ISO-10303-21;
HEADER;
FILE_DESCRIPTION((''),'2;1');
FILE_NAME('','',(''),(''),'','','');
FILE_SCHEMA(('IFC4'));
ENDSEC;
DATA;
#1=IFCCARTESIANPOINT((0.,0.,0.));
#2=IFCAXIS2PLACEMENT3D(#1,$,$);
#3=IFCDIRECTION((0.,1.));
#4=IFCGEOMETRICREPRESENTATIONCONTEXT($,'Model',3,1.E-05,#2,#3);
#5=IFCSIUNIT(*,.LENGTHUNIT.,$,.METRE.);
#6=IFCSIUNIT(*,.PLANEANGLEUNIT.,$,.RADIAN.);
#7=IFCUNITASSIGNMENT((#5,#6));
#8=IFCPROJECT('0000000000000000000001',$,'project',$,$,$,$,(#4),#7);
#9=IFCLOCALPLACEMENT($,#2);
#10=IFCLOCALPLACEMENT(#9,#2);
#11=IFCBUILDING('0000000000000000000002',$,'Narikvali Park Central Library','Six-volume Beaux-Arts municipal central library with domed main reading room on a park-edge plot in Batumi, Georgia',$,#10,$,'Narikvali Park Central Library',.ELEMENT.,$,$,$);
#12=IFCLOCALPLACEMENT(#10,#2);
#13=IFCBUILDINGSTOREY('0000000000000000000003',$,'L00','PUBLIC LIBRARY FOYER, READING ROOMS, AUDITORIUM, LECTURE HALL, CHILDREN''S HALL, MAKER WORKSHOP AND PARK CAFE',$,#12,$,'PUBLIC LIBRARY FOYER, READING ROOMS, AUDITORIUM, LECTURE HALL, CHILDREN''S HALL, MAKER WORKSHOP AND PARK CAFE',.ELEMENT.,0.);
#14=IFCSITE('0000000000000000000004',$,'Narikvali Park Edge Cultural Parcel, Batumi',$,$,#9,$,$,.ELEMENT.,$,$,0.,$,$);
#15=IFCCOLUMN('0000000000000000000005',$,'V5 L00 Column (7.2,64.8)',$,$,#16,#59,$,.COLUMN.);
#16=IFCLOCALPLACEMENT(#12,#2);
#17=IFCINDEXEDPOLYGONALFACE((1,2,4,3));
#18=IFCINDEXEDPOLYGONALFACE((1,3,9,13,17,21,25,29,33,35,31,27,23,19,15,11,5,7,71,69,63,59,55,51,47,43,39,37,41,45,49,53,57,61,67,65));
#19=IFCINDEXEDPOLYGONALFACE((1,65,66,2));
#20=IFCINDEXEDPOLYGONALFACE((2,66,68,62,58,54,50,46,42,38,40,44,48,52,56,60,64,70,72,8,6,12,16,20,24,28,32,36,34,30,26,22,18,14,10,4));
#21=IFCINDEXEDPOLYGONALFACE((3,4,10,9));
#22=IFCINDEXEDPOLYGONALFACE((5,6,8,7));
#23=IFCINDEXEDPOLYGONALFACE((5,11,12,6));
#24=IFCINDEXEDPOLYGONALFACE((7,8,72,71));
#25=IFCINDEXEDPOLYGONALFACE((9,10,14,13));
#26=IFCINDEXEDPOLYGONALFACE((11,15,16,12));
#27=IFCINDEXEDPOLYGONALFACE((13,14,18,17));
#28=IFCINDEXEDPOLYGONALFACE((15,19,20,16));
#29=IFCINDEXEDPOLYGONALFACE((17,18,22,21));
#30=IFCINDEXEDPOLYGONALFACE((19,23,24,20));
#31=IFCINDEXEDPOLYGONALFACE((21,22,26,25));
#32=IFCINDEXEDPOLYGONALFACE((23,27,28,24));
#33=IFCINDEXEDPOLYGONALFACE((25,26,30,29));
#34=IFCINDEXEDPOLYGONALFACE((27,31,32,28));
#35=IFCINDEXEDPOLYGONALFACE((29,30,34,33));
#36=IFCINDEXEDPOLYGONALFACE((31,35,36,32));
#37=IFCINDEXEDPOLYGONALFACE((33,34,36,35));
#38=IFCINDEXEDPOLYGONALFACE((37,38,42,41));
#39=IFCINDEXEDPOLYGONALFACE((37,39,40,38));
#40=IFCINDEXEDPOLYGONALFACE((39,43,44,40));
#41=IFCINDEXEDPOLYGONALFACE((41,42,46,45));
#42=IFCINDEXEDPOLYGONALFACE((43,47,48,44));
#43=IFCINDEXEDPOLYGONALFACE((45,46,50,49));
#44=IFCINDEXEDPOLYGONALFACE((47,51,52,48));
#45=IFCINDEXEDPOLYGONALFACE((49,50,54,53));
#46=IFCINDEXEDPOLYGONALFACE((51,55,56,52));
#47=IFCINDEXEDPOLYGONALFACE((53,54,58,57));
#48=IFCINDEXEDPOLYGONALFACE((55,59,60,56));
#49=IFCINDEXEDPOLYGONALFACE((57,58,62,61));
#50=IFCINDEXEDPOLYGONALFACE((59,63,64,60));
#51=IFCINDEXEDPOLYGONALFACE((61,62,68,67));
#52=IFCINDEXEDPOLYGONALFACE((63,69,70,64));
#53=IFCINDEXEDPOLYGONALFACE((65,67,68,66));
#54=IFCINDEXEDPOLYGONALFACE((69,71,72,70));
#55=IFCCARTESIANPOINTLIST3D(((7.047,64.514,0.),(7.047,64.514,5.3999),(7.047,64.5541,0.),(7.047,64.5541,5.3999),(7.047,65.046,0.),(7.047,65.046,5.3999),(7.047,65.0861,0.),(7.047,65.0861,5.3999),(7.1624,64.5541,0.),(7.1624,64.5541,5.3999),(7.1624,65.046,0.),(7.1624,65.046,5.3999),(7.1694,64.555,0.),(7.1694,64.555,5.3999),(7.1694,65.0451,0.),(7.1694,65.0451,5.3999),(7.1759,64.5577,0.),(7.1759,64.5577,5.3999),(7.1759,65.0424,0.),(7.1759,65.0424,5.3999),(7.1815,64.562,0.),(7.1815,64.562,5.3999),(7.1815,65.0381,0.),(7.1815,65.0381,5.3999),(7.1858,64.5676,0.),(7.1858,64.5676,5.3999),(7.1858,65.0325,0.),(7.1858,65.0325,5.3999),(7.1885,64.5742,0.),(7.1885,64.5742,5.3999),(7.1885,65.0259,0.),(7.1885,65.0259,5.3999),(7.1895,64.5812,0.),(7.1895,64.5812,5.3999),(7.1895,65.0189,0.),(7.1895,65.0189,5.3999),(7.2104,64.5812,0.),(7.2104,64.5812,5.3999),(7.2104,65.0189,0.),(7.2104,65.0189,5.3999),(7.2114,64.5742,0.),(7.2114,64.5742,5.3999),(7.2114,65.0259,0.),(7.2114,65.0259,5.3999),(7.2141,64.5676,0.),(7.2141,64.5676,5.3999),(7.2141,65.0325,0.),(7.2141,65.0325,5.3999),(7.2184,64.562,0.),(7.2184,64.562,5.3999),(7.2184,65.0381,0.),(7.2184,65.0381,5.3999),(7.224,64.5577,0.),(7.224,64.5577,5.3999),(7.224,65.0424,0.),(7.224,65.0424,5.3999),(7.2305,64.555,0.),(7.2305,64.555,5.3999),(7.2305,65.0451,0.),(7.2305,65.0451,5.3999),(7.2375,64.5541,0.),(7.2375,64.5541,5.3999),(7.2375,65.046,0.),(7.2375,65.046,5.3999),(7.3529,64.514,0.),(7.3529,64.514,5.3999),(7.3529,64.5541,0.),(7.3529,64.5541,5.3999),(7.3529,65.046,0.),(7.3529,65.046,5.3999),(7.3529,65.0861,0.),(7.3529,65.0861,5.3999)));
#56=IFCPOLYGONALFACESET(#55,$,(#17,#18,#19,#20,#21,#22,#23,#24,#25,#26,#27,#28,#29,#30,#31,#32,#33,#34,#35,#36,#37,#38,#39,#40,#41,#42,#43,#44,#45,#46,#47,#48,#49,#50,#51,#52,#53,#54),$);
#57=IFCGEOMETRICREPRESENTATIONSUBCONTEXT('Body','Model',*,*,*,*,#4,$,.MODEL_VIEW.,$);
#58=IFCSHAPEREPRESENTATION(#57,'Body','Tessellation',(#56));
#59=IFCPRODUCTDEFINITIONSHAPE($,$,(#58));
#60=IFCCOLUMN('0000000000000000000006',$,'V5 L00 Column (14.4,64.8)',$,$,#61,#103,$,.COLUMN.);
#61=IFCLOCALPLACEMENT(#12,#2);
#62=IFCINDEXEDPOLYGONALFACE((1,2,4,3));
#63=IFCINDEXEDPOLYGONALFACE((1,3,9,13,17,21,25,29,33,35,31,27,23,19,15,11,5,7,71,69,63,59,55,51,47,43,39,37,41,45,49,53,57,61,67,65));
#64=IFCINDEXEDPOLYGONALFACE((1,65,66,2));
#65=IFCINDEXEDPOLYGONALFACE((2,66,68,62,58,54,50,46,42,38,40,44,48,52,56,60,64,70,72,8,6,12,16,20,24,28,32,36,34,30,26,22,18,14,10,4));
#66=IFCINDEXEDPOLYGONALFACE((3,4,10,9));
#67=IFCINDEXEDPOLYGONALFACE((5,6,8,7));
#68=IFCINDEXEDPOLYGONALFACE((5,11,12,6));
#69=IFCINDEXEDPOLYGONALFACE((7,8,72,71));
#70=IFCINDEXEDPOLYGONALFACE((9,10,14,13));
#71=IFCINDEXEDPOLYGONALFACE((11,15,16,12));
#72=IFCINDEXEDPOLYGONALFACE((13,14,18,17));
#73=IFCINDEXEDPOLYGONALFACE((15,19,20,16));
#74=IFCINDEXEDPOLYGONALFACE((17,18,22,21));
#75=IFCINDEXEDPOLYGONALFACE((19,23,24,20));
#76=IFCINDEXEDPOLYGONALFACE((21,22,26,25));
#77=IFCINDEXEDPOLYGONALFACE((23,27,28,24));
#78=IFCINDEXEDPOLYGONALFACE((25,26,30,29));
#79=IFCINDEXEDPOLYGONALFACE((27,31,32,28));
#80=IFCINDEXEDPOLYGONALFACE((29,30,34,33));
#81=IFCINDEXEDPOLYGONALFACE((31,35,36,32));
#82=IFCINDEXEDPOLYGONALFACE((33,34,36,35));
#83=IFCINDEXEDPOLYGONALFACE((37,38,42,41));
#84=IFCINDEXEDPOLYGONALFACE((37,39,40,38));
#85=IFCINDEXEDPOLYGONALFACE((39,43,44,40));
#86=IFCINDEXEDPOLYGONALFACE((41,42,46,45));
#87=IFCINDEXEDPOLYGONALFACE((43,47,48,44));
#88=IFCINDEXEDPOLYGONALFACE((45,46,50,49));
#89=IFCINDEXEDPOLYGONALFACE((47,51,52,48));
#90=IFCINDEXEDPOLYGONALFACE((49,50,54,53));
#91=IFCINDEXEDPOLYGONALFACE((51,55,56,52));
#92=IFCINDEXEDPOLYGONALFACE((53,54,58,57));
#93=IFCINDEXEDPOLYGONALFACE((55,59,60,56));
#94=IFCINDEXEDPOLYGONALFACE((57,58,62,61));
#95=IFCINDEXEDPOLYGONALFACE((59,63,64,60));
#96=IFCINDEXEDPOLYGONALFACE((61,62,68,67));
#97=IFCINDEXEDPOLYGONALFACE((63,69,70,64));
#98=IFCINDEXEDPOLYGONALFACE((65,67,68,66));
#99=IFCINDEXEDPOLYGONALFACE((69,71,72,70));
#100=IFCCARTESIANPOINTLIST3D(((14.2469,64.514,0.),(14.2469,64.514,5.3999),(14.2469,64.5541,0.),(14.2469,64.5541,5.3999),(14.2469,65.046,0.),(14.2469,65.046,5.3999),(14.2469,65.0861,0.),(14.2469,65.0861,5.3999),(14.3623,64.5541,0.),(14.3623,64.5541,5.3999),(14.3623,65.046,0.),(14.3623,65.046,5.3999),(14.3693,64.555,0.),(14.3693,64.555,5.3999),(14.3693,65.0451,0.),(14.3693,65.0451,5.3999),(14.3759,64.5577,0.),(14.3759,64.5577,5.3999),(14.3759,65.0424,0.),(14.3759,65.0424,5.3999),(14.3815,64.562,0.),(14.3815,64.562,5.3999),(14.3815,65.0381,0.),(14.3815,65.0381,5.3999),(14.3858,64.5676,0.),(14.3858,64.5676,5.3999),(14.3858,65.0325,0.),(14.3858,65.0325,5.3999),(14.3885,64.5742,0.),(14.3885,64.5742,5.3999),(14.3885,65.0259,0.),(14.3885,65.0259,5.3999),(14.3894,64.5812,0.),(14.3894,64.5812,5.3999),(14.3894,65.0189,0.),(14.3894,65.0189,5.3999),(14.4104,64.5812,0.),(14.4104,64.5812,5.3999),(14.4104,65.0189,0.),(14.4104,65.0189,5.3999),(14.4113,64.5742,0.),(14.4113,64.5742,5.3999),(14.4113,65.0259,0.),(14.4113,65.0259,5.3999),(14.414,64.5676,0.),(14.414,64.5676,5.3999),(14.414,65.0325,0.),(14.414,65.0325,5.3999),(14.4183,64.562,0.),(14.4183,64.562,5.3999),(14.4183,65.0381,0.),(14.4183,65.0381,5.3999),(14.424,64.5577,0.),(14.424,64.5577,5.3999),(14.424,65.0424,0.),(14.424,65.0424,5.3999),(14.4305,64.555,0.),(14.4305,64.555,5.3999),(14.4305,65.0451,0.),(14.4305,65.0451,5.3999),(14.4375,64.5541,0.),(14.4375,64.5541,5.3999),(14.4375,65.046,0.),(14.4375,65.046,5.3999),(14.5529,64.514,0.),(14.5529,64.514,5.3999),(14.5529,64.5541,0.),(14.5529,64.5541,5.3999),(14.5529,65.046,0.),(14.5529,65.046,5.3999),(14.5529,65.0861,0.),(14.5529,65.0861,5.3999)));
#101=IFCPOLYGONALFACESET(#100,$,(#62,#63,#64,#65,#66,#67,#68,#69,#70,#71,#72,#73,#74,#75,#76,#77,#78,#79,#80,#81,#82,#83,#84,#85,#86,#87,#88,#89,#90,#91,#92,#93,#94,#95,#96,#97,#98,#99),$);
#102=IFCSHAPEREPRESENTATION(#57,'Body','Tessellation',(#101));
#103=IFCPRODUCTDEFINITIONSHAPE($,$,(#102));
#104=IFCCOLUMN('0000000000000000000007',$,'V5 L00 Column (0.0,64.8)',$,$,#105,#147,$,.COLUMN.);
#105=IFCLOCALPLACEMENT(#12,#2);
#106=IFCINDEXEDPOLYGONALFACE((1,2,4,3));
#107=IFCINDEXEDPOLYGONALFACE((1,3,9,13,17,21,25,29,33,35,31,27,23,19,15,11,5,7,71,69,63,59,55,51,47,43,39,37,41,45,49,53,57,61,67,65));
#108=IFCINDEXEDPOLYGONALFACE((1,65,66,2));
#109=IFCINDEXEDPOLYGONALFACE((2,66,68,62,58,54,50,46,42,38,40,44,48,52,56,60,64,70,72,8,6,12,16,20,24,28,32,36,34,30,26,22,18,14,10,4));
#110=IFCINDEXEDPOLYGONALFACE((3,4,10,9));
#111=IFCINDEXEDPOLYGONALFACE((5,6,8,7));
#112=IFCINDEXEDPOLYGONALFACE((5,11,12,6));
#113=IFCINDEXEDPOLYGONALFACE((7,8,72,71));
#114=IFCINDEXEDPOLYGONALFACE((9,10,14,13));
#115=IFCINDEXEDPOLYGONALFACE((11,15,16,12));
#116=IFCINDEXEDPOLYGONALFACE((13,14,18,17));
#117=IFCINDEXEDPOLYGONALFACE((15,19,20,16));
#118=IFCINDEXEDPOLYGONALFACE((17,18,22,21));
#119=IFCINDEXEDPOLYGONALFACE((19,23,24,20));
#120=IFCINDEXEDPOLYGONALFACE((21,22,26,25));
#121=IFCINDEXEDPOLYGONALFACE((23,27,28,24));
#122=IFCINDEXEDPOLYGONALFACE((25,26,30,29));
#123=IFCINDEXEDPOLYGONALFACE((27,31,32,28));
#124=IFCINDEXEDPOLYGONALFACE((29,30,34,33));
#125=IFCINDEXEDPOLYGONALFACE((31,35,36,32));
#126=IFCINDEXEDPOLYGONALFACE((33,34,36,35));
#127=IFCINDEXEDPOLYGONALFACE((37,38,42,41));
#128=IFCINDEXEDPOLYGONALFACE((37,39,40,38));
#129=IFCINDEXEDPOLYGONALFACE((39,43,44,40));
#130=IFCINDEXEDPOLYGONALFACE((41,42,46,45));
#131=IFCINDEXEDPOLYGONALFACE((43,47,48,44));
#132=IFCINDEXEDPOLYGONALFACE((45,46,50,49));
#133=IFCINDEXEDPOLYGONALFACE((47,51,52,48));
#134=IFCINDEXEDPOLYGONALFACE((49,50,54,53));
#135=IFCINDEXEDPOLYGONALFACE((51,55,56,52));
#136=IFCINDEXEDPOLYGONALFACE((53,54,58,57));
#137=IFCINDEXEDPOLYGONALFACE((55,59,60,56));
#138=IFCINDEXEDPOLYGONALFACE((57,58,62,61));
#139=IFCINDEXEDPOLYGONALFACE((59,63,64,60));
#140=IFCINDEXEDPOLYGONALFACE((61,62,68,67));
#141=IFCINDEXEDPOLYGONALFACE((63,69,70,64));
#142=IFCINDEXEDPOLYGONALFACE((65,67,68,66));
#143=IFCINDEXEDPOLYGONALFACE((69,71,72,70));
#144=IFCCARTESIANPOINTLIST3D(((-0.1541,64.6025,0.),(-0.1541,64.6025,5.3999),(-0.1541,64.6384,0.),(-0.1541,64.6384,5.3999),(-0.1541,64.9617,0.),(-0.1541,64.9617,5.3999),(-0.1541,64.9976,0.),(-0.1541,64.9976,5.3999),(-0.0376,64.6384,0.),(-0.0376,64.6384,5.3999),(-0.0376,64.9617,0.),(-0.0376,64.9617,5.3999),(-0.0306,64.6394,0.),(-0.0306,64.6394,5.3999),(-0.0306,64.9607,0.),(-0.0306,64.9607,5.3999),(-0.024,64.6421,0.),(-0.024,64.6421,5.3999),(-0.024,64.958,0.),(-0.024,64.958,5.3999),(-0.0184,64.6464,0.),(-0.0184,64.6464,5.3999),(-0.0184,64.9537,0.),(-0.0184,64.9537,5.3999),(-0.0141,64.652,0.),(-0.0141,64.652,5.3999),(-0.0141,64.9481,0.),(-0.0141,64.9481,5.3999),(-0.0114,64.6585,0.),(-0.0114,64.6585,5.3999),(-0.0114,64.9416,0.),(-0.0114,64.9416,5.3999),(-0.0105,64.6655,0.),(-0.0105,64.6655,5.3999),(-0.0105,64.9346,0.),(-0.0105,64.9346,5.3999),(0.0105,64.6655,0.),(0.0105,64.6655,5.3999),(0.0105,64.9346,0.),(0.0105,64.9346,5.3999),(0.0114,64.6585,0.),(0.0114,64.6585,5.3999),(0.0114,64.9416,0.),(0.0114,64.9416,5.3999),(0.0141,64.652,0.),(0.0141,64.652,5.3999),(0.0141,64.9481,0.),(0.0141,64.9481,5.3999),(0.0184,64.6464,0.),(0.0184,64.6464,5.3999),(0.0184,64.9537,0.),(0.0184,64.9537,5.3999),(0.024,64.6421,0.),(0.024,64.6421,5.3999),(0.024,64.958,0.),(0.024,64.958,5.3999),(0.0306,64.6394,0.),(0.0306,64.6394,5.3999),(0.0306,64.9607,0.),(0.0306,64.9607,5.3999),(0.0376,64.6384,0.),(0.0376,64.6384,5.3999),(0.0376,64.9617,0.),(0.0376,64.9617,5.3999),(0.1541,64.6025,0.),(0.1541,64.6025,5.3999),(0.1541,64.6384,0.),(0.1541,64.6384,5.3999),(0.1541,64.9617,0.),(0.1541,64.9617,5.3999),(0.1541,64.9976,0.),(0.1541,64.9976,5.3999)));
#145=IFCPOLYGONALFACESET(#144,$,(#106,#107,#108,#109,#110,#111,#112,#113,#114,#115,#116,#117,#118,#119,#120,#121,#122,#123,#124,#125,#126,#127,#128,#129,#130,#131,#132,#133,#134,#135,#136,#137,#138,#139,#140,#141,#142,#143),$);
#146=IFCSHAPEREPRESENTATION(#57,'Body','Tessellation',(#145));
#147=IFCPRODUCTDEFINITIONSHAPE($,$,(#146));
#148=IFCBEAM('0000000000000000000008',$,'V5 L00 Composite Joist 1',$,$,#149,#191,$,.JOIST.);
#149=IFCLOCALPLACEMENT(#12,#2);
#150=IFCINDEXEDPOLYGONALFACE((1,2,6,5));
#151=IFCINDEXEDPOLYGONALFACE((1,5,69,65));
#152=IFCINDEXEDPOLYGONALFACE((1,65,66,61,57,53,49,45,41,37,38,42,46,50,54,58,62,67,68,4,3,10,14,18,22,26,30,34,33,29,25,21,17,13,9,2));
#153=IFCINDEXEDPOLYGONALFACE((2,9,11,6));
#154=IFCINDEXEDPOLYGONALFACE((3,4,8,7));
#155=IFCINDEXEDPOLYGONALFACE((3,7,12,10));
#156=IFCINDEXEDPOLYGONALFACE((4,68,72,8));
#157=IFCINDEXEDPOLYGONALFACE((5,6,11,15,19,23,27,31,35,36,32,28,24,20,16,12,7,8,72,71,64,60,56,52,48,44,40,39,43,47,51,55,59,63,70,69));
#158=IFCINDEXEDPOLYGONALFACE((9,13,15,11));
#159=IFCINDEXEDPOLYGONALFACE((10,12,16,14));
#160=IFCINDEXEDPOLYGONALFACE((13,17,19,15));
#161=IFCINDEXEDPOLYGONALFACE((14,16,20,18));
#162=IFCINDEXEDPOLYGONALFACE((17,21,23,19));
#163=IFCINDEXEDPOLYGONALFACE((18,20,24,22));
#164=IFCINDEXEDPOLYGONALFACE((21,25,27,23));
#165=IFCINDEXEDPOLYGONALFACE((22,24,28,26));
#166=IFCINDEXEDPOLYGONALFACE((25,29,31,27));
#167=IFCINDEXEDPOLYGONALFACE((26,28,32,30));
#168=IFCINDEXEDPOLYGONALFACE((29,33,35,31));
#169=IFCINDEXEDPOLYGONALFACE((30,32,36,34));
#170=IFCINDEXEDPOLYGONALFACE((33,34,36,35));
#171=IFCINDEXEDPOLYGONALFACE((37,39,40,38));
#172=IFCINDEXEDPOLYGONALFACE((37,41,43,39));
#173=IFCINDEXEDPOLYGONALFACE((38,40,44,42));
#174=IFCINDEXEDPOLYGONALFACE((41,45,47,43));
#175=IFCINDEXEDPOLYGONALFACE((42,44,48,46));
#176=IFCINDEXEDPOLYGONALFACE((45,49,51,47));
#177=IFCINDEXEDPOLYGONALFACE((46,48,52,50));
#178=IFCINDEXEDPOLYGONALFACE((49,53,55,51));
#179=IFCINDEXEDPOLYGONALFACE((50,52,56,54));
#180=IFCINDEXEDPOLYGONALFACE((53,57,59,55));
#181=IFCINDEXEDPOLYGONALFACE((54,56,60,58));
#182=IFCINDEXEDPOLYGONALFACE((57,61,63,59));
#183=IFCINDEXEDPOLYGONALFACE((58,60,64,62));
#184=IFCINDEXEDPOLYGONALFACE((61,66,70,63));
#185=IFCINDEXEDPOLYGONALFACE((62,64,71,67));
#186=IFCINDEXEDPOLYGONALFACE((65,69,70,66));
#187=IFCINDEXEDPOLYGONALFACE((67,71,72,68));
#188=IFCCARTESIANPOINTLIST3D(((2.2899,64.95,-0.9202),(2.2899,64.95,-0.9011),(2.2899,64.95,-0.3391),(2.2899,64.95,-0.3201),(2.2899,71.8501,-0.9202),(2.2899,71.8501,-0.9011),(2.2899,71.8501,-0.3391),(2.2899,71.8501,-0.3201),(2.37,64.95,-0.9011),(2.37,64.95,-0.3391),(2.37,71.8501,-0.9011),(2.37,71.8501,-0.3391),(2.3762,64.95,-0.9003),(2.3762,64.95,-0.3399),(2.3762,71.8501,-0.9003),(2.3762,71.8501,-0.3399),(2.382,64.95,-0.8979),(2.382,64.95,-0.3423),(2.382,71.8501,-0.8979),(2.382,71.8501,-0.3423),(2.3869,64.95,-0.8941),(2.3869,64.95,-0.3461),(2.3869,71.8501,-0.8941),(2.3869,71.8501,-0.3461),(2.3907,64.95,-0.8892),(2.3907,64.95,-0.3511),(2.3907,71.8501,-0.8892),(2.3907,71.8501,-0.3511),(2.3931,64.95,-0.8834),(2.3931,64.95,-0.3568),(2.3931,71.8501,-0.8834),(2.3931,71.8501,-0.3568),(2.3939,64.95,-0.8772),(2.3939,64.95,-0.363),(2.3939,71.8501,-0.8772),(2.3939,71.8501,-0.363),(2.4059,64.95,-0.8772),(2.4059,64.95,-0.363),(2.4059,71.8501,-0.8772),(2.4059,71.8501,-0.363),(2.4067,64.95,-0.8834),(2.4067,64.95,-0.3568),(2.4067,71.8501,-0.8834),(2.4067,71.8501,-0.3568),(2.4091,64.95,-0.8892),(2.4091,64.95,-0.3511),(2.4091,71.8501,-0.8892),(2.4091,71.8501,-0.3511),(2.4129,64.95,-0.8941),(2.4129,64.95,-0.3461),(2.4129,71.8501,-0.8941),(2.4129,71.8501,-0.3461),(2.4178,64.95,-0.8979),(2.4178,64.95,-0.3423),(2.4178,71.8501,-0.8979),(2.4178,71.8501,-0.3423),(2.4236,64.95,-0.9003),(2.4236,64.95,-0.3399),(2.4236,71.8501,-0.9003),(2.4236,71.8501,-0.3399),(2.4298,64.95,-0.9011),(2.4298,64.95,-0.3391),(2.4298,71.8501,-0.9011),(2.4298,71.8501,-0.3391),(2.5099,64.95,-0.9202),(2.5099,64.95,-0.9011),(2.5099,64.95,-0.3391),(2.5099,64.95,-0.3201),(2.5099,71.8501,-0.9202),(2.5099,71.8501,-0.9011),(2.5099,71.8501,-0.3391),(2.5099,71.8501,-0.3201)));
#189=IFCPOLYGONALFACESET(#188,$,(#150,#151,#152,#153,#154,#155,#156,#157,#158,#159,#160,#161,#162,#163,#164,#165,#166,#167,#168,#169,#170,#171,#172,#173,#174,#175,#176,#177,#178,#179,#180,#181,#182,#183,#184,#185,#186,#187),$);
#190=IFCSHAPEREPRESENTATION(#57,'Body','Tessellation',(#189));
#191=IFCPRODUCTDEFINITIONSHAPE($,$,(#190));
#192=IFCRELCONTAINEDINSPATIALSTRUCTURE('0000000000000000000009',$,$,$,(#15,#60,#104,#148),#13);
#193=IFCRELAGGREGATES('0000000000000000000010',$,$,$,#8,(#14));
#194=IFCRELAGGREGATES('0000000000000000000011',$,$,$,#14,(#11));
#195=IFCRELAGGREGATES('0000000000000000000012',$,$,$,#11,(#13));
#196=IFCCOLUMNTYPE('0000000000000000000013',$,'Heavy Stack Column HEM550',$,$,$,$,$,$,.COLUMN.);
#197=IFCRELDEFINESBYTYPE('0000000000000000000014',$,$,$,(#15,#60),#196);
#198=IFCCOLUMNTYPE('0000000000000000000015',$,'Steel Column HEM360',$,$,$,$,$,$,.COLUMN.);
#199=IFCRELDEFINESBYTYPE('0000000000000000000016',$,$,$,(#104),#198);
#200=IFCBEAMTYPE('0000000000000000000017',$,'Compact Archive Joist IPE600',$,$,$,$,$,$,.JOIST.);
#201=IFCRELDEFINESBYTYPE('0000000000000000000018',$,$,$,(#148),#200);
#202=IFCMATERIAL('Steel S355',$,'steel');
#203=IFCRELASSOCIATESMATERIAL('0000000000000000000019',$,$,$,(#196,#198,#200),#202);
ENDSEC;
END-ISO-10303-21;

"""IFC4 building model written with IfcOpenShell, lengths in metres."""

from ifc_helpers import new_model, si_unit, direction, frame, origin, origin_2d, place, context, subcontext, project, spatial, i_section, extrude, material, material_profile, profile_set, type_object, element, save


model = new_model("IFC4")

# Units and contexts
model_context = context("Model", 3, precision=1e-05, world=origin(), true_north=direction((0.0, 1.0)))
body_context = subcontext(model_context, "Body", "Model", "MODEL_VIEW")
ifc_project = project(units=[si_unit("LENGTHUNIT", "METRE"), si_unit("PLANEANGLEUNIT", "RADIAN")], contexts=[model_context])

# Site, building, storey
site_placement = place(None, origin())
site = spatial("IfcSite", under=ifc_project, at=site_placement, Name="Narikvali Park Edge Cultural Parcel, Batumi", CompositionType="ELEMENT", RefElevation=0.0)
building_placement = place(site_placement, origin())
building = spatial("IfcBuilding", under=site, at=building_placement, Name="Narikvali Park Central Library", Description="Six-volume Beaux-Arts municipal central library with domed main reading room on a park-edge plot in Batumi, Georgia", LongName="Narikvali Park Central Library", CompositionType="ELEMENT")
storey_placement = place(building_placement, origin())
storey = spatial("IfcBuildingStorey", under=building, at=storey_placement, Name="L00", Description="PUBLIC LIBRARY FOYER, READING ROOMS, AUDITORIUM, LECTURE HALL, CHILDREN'S HALL, MAKER WORKSHOP AND PARK CAFE", LongName="PUBLIC LIBRARY FOYER, READING ROOMS, AUDITORIUM, LECTURE HALL, CHILDREN'S HALL, MAKER WORKSHOP AND PARK CAFE", CompositionType="ELEMENT", Elevation=0.0)

# Columns
ifc_material_1 = material(Name="Steel S355", Category="steel")
ifc_material_profile_1 = material_profile(ifc_material_1, i_section(OverallWidth=0.3059, OverallDepth=0.572, WebThickness=0.021, FlangeThickness=0.04, FilletRadius=0.0271, at=origin_2d()), Name="HEM 550")
ifc_profile_set_1 = profile_set([ifc_material_profile_1], Name="Steel S355")
column_type_1 = type_object("IfcColumnType", Name="Heavy Stack Column HEM550", PredefinedType="COLUMN", material=ifc_profile_set_1)
for number, where, z_axis, x_axis, name in (
    (1, (7.2, 64.8, 0.0), (0.0, 0.0, 1.0), (1.0, 0.0, 0.0), "V5 L00 Column (7.2,64.8)"),
    (2, (14.3999, 64.8, 0.0), (0.0, 0.0, 1.0), (1.0, 0.0, 0.0), "V5 L00 Column (14.4,64.8)"),
):
    element("IfcColumn", number, at=place(storey_placement, frame(where, z_axis=z_axis, x_axis=x_axis)), inside=storey, type_object=column_type_1, Name=name, PredefinedType="COLUMN", context=body_context, shape_type="SweptSolid", body=[
        extrude(i_section(OverallWidth=0.3059, OverallDepth=0.572, WebThickness=0.021, FlangeThickness=0.04, FilletRadius=0.0271, at=origin_2d()), origin(), (0.0, 0.0, 1.0), 5.3999),
    ])
ifc_material_profile_2 = material_profile(ifc_material_1, i_section(OverallWidth=0.3081, OverallDepth=0.395, WebThickness=0.021, FlangeThickness=0.0359, FilletRadius=0.0271, at=origin_2d()), Name="HEM 360")
ifc_profile_set_2 = profile_set([ifc_material_profile_2], Name="Steel S355")
column_type_2 = type_object("IfcColumnType", Name="Steel Column HEM360", PredefinedType="COLUMN", material=ifc_profile_set_2)
column_placement = place(storey_placement, frame((0.0, 64.8, 0.0), z_axis=(0.0, 0.0, 1.0), x_axis=(1.0, 0.0, 0.0)))
element("IfcColumn", 3, at=column_placement, inside=storey, type_object=column_type_2, Name="V5 L00 Column (0.0,64.8)", PredefinedType="COLUMN", context=body_context, shape_type="SweptSolid", body=[
    extrude(i_section(OverallWidth=0.3081, OverallDepth=0.395, WebThickness=0.021, FlangeThickness=0.0359, FilletRadius=0.0271, at=origin_2d()), origin(), (0.0, 0.0, 1.0), 5.3999),
])

# Beam
ifc_material_profile_3 = material_profile(ifc_material_1, i_section(OverallWidth=0.22, OverallDepth=0.6001, WebThickness=0.012, FlangeThickness=0.019, FilletRadius=0.0239, at=origin_2d()), Name="IPE 600")
ifc_profile_set_3 = profile_set([ifc_material_profile_3], Name="Steel S355")
beam_type_1 = type_object("IfcBeamType", Name="Compact Archive Joist IPE600", PredefinedType="JOIST", material=ifc_profile_set_3)
for number, where, z_axis, x_axis, name in (
    (4, (2.3999, 64.95, -0.6201), (0.0, 1.0, 0.0), (-1.0, 0.0, 0.0), "V5 L00 Composite Joist 1"),
):
    element("IfcBeam", number, at=place(storey_placement, frame(where, z_axis=z_axis, x_axis=x_axis)), inside=storey, type_object=beam_type_1, Name=name, PredefinedType="JOIST", context=body_context, shape_type="SweptSolid", body=[
        extrude(i_section(OverallWidth=0.22, OverallDepth=0.6001, WebThickness=0.012, FlangeThickness=0.019, FilletRadius=0.0239, at=origin_2d()), origin(), (0.0, 0.0, 1.0), 6.9001),
    ])

save(model, "model.ifc")
